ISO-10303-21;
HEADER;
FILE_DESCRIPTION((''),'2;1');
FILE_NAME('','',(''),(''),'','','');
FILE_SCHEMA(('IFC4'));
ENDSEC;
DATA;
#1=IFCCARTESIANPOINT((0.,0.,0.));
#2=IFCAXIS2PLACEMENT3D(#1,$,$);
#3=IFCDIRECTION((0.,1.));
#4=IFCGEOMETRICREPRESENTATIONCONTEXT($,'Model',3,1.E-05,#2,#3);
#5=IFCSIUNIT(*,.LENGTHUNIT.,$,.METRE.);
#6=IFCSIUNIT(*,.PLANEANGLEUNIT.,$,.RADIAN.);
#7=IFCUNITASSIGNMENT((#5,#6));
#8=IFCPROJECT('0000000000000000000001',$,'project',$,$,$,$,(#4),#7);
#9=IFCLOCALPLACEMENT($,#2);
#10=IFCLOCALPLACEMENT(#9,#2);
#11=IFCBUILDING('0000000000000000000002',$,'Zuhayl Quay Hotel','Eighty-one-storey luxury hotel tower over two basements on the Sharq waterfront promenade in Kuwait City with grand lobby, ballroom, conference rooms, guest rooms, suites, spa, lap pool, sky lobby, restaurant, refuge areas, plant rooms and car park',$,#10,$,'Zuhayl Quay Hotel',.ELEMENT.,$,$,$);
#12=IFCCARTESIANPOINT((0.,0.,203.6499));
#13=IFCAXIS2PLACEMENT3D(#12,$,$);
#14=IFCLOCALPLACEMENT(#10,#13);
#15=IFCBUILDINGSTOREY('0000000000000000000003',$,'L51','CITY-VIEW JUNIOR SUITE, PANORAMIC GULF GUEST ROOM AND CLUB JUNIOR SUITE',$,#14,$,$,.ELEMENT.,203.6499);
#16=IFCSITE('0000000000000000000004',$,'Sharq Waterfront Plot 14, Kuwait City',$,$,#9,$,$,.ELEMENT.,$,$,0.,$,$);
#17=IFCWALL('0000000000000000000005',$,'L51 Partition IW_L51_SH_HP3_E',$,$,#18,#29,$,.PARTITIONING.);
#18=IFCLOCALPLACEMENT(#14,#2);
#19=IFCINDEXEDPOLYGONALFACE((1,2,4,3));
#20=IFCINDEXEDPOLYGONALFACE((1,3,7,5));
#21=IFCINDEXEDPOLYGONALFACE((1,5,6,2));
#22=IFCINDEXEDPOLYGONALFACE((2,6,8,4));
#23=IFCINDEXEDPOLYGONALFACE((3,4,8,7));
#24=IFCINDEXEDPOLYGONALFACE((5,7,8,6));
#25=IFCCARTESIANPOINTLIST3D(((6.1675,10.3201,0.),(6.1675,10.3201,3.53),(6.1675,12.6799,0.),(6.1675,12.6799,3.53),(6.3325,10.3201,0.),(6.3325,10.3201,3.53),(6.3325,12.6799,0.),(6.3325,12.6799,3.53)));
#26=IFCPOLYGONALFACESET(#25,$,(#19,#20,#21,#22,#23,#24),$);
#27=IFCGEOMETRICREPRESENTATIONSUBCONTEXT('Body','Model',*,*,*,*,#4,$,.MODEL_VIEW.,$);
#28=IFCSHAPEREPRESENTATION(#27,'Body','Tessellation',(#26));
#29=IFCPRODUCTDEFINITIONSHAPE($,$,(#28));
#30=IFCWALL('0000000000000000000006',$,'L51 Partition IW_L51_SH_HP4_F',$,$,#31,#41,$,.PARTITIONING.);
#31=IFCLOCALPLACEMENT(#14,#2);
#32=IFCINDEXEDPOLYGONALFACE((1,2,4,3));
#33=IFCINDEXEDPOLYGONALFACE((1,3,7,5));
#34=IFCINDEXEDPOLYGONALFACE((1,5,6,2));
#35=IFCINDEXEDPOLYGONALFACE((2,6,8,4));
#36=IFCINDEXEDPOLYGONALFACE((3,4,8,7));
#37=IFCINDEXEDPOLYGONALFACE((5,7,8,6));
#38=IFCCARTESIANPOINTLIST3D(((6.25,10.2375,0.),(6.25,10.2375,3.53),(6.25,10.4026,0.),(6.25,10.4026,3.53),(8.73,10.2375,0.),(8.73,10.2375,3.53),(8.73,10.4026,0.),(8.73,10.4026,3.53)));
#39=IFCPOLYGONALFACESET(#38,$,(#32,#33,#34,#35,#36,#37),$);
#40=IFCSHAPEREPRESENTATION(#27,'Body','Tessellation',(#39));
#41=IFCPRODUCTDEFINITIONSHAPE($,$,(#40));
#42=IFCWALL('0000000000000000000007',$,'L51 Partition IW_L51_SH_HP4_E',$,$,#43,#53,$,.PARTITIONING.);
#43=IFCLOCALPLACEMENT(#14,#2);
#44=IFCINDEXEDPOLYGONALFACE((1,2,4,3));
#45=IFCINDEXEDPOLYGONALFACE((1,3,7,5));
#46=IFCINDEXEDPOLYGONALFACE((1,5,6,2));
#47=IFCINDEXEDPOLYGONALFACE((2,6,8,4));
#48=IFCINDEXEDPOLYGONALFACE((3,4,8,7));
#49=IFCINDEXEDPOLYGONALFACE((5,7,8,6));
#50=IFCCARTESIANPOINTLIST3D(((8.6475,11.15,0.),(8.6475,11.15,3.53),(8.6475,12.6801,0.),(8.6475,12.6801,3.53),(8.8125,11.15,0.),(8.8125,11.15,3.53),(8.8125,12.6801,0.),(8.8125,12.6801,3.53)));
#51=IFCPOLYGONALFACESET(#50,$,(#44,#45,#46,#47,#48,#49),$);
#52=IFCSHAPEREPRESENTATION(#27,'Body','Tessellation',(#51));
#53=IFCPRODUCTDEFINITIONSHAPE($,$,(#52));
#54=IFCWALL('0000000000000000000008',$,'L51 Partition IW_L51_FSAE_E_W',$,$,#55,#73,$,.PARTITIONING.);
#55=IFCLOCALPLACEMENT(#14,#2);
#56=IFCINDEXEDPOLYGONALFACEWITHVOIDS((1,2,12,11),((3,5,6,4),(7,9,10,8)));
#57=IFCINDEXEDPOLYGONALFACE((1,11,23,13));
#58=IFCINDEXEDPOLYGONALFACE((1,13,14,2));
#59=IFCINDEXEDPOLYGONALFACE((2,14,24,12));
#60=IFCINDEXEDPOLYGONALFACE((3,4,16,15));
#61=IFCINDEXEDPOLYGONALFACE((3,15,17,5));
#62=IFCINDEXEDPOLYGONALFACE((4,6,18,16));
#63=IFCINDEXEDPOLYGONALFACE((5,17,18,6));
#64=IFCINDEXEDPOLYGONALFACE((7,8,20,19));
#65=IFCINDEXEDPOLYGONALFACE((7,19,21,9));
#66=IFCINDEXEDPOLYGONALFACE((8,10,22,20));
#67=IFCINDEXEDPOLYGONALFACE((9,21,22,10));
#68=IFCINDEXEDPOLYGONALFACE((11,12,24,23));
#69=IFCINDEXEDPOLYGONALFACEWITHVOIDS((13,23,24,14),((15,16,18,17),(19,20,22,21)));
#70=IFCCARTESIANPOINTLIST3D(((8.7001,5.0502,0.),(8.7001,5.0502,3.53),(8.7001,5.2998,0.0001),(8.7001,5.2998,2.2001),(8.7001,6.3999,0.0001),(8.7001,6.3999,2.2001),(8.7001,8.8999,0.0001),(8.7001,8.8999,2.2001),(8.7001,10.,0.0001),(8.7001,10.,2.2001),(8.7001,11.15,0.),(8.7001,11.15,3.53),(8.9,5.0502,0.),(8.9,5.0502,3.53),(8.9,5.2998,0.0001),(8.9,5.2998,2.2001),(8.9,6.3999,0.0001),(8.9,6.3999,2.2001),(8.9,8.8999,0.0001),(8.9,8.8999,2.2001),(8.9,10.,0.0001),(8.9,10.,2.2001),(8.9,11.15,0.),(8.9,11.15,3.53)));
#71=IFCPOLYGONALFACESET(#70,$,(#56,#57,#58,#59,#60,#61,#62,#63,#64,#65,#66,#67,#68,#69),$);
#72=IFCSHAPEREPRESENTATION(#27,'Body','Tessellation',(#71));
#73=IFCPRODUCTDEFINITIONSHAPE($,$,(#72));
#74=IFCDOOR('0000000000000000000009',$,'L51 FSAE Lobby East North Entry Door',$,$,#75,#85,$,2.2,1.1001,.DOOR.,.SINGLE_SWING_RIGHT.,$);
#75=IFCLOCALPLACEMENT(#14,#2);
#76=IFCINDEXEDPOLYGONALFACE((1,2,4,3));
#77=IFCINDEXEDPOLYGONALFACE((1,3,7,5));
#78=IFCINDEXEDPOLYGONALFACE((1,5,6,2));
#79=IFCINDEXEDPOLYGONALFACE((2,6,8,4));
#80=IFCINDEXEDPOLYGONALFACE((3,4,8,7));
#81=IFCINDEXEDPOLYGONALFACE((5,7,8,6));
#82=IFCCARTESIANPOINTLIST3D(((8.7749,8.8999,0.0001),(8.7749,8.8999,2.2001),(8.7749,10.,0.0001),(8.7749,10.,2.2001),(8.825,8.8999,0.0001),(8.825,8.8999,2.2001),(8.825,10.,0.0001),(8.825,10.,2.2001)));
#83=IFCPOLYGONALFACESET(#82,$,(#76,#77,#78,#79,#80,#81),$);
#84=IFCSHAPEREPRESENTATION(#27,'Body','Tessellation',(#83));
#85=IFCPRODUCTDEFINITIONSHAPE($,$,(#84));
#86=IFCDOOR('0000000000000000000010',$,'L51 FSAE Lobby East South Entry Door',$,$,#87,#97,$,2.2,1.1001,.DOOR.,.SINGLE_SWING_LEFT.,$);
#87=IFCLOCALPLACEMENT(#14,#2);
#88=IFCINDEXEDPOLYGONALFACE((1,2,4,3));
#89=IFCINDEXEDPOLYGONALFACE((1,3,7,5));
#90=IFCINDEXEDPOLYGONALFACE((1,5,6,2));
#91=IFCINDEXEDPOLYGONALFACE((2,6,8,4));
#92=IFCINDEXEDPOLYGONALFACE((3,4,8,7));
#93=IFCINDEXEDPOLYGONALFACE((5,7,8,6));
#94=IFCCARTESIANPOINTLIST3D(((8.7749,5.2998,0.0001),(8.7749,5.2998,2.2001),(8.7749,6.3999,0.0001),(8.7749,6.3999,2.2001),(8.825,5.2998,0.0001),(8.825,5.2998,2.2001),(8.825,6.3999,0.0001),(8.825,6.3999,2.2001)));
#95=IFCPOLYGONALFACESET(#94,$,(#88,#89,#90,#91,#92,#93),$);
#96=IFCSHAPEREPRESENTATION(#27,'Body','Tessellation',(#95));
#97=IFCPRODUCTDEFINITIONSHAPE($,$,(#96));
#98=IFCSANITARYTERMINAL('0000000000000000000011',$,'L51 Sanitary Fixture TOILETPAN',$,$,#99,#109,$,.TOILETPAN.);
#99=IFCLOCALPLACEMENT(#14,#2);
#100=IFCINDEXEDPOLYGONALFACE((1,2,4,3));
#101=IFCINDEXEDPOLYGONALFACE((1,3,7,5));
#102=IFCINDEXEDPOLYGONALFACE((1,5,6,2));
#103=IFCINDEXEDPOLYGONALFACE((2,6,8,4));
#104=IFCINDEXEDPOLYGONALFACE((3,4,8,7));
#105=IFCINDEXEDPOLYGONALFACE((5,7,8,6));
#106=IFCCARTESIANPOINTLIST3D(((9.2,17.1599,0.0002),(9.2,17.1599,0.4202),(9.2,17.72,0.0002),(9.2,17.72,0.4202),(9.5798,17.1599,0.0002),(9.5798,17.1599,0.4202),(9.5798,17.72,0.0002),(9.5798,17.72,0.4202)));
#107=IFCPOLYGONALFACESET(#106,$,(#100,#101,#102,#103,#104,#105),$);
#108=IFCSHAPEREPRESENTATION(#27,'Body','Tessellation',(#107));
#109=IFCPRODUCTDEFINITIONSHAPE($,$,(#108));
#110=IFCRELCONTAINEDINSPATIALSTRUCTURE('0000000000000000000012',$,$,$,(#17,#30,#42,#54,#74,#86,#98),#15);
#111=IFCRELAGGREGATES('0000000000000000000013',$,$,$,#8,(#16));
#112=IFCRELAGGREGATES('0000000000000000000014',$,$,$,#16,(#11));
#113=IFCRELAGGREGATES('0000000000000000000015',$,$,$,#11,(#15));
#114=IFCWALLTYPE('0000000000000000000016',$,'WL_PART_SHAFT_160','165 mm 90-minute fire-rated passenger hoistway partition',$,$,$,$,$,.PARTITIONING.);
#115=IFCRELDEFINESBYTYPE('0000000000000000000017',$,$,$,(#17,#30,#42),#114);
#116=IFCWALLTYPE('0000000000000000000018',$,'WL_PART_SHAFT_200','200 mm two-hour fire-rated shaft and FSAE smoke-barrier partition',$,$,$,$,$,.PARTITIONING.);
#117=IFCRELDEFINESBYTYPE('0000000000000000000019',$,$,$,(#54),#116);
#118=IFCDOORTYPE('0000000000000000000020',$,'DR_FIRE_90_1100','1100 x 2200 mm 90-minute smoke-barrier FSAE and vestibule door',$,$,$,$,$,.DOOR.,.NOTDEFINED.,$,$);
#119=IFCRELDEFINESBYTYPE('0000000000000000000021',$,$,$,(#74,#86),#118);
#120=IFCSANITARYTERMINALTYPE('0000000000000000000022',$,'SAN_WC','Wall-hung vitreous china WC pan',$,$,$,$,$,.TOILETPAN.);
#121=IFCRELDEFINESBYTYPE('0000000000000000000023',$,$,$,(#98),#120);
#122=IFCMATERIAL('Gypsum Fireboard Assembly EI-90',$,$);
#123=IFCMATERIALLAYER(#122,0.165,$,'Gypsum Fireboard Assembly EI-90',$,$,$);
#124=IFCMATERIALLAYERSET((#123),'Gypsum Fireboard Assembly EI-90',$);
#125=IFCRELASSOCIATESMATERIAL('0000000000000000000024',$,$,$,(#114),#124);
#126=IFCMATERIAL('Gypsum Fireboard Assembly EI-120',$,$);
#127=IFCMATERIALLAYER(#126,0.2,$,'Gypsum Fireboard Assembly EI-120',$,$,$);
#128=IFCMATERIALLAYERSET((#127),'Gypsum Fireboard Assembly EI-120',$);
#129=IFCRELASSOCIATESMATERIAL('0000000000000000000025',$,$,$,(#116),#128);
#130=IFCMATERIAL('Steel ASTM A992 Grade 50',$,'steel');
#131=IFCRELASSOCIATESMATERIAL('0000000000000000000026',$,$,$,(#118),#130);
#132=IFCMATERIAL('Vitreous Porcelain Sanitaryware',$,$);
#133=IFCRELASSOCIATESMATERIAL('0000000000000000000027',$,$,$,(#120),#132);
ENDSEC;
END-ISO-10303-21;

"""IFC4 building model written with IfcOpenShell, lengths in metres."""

from ifc_helpers import new_model, si_unit, direction, frame, frame_2d, origin, origin_2d, place, context, subcontext, project, spatial, rectangle, extrude, material, layer, layer_set, type_object, element, fill, save


model = new_model("IFC4")

# Units and contexts
model_context = context("Model", 3, precision=1e-05, world=origin(), true_north=direction((0.0, 1.0)))
body_context = subcontext(model_context, "Body", "Model", "MODEL_VIEW")
ifc_project = project(units=[si_unit("LENGTHUNIT", "METRE"), si_unit("PLANEANGLEUNIT", "RADIAN")], contexts=[model_context])

# Site, building, storey
site_placement = place(None, origin())
site = spatial("IfcSite", under=ifc_project, at=site_placement, Name="Sharq Waterfront Plot 14, Kuwait City", CompositionType="ELEMENT", RefElevation=0.0)
building_placement = place(site_placement, origin())
building = spatial("IfcBuilding", under=site, at=building_placement, Name="Zuhayl Quay Hotel", Description="Eighty-one-storey luxury hotel tower over two basements on the Sharq waterfront promenade in Kuwait City with grand lobby, ballroom, conference rooms, guest rooms, suites, spa, lap pool, sky lobby, restaurant, refuge areas, plant rooms and car park", LongName="Zuhayl Quay Hotel", CompositionType="ELEMENT")
storey_placement = place(building_placement, frame((0.0, 0.0, 203.6499)))
storey = spatial("IfcBuildingStorey", under=building, at=storey_placement, Name="L51", Description="CITY-VIEW JUNIOR SUITE, PANORAMIC GULF GUEST ROOM AND CLUB JUNIOR SUITE", CompositionType="ELEMENT", Elevation=203.6499)

# Shared definitions
ifc_material_1 = material(Name="Steel ASTM A992 Grade 50", Category="steel")

# Shared definitions
ifc_material_2 = material(Name="Gypsum Fireboard Assembly EI-90")
ifc_layer_1 = layer(ifc_material_2, 0.165, Name="Gypsum Fireboard Assembly EI-90")
ifc_layer_set_1 = layer_set([ifc_layer_1], Name="Gypsum Fireboard Assembly EI-90")
wall_type_1 = type_object("IfcWallType", Name="WL_PART_SHAFT_160", Description="165 mm 90-minute fire-rated passenger hoistway partition", PredefinedType="PARTITIONING", material=ifc_layer_set_1)

# Walls
wall_1_placement = place(storey_placement, frame((6.25, 10.3201, 0.0), z_axis=(0.0, 0.0, 1.0), x_axis=(0.0, 1.0, 0.0)))
element("IfcWall", 1, at=wall_1_placement, inside=storey, type_object=wall_type_1, Name="L51 Partition IW_L51_SH_HP3_E", PredefinedType="PARTITIONING", context=body_context, shape_type="SweptSolid", body=[
    extrude(rectangle(XDim=2.3599, YDim=0.165, at=frame_2d((1.1799, 0.0))), origin(), (0.0, 0.0, 1.0), 3.53),
])
wall_2_placement = place(storey_placement, frame((6.25, 10.3201, 0.0), z_axis=(0.0, 0.0, 1.0), x_axis=(1.0, 0.0, 0.0)))
element("IfcWall", 2, at=wall_2_placement, inside=storey, type_object=wall_type_1, Name="L51 Partition IW_L51_SH_HP4_F", PredefinedType="PARTITIONING", context=body_context, shape_type="SweptSolid", body=[
    extrude(rectangle(XDim=2.48, YDim=0.165, at=frame_2d((1.24, 0.0))), origin(), (0.0, 0.0, 1.0), 3.53),
])
wall_3_placement = place(storey_placement, frame((8.73, 11.1499, 0.0), z_axis=(0.0, 0.0, 1.0), x_axis=(0.0, 1.0, 0.0)))
element("IfcWall", 3, at=wall_3_placement, inside=storey, type_object=wall_type_1, Name="L51 Partition IW_L51_SH_HP4_E", PredefinedType="PARTITIONING", context=body_context, shape_type="SweptSolid", body=[
    extrude(rectangle(XDim=1.53, YDim=0.165, at=frame_2d((0.7651, 0.0))), origin(), (0.0, 0.0, 1.0), 3.53),
])

# Wall, openings, doors
ifc_material_3 = material(Name="Gypsum Fireboard Assembly EI-120")
ifc_layer_2 = layer(ifc_material_3, 0.2, Name="Gypsum Fireboard Assembly EI-120")
ifc_layer_set_2 = layer_set([ifc_layer_2], Name="Gypsum Fireboard Assembly EI-120")
wall_type_2 = type_object("IfcWallType", Name="WL_PART_SHAFT_200", Description="200 mm two-hour fire-rated shaft and FSAE smoke-barrier partition", PredefinedType="PARTITIONING", material=ifc_layer_set_2)
wall_4_placement = place(storey_placement, frame((8.8, 11.1499, 0.0), z_axis=(0.0, 0.0, 1.0), x_axis=(0.0, -1.0, 0.0)))
wall_4 = element("IfcWall", 4, at=wall_4_placement, inside=storey, type_object=wall_type_2, Name="L51 Partition IW_L51_FSAE_E_W", PredefinedType="PARTITIONING", context=body_context, shape_type="SweptSolid", body=[
    extrude(rectangle(XDim=6.0999, YDim=0.2, at=frame_2d((3.0498, 0.0))), origin(), (0.0, 0.0, 1.0), 3.53),
])
opening_1_placement = place(wall_4_placement, frame((1.1499, 0.0, 0.0)))
opening_1 = element("IfcOpeningElement", 5, at=opening_1_placement, cuts=wall_4, PredefinedType="OPENING", context=body_context, shape_type="SweptSolid", body=[
    extrude(rectangle(XDim=1.1001, YDim=2.2, at=frame_2d((0.55, 1.1001))), frame((0.0, 0.1099, 0.0), z_axis=(0.0, -1.0, 0.0), x_axis=(1.0, 0.0, 0.0)), (0.0, 0.0, 1.0), 0.22),
])
opening_2_placement = place(wall_4_placement, frame((4.75, 0.0, 0.0)))
opening_2 = element("IfcOpeningElement", 6, at=opening_2_placement, cuts=wall_4, PredefinedType="OPENING", context=body_context, shape_type="SweptSolid", body=[
    extrude(rectangle(XDim=1.1001, YDim=2.2, at=frame_2d((0.55, 1.1001))), frame((0.0, 0.1099, 0.0), z_axis=(0.0, -1.0, 0.0), x_axis=(1.0, 0.0, 0.0)), (0.0, 0.0, 1.0), 0.22),
])
door_type_1 = type_object("IfcDoorType", Name="DR_FIRE_90_1100", Description="1100 x 2200 mm 90-minute smoke-barrier FSAE and vestibule door", OperationType="NOTDEFINED", PredefinedType="DOOR", material=ifc_material_1)
door_1_placement = place(opening_1_placement, origin())
door_1 = element("IfcDoor", 7, at=door_1_placement, inside=storey, type_object=door_type_1, Name="L51 FSAE Lobby East North Entry Door", OperationType="SINGLE_SWING_RIGHT", OverallHeight=2.2, OverallWidth=1.1001, PredefinedType="DOOR", context=body_context, shape_type="SweptSolid", body=[
    extrude(rectangle(XDim=1.1001, YDim=2.2, at=frame_2d((0.55, 1.1001))), frame((0.0, 0.0249, 0.0), z_axis=(0.0, -1.0, 0.0), x_axis=(1.0, 0.0, 0.0)), (0.0, 0.0, 1.0), 0.05),
])
fill(opening_1, door_1)
door_2_placement = place(opening_2_placement, origin())
door_2 = element("IfcDoor", 8, at=door_2_placement, inside=storey, type_object=door_type_1, Name="L51 FSAE Lobby East South Entry Door", OperationType="SINGLE_SWING_LEFT", OverallHeight=2.2, OverallWidth=1.1001, PredefinedType="DOOR", context=body_context, shape_type="SweptSolid", body=[
    extrude(rectangle(XDim=1.1001, YDim=2.2, at=frame_2d((0.55, 1.1001))), frame((0.0, 0.0249, 0.0), z_axis=(0.0, -1.0, 0.0), x_axis=(1.0, 0.0, 0.0)), (0.0, 0.0, 1.0), 0.05),
])
fill(opening_2, door_2)

# Sanitary terminal
ifc_material_4 = material(Name="Vitreous Porcelain Sanitaryware")
sanitary_terminal_type = type_object("IfcSanitaryTerminalType", Name="SAN_WC", Description="Wall-hung vitreous china WC pan", PredefinedType="TOILETPAN", material=ifc_material_4)
sanitary_terminal_placement = place(storey_placement, frame((9.3899, 17.4399, 0.0002), z_axis=(0.0, 0.0, 1.0), x_axis=(1.0, 0.0, 0.0)))
element("IfcSanitaryTerminal", 9, at=sanitary_terminal_placement, inside=storey, type_object=sanitary_terminal_type, Name="L51 Sanitary Fixture TOILETPAN", PredefinedType="TOILETPAN", context=body_context, shape_type="SweptSolid", body=[
    extrude(rectangle(XDim=0.3799, YDim=0.5601, at=origin_2d()), origin(), (0.0, 0.0, 1.0), 0.4199),
])

save(model, "model.ifc")
